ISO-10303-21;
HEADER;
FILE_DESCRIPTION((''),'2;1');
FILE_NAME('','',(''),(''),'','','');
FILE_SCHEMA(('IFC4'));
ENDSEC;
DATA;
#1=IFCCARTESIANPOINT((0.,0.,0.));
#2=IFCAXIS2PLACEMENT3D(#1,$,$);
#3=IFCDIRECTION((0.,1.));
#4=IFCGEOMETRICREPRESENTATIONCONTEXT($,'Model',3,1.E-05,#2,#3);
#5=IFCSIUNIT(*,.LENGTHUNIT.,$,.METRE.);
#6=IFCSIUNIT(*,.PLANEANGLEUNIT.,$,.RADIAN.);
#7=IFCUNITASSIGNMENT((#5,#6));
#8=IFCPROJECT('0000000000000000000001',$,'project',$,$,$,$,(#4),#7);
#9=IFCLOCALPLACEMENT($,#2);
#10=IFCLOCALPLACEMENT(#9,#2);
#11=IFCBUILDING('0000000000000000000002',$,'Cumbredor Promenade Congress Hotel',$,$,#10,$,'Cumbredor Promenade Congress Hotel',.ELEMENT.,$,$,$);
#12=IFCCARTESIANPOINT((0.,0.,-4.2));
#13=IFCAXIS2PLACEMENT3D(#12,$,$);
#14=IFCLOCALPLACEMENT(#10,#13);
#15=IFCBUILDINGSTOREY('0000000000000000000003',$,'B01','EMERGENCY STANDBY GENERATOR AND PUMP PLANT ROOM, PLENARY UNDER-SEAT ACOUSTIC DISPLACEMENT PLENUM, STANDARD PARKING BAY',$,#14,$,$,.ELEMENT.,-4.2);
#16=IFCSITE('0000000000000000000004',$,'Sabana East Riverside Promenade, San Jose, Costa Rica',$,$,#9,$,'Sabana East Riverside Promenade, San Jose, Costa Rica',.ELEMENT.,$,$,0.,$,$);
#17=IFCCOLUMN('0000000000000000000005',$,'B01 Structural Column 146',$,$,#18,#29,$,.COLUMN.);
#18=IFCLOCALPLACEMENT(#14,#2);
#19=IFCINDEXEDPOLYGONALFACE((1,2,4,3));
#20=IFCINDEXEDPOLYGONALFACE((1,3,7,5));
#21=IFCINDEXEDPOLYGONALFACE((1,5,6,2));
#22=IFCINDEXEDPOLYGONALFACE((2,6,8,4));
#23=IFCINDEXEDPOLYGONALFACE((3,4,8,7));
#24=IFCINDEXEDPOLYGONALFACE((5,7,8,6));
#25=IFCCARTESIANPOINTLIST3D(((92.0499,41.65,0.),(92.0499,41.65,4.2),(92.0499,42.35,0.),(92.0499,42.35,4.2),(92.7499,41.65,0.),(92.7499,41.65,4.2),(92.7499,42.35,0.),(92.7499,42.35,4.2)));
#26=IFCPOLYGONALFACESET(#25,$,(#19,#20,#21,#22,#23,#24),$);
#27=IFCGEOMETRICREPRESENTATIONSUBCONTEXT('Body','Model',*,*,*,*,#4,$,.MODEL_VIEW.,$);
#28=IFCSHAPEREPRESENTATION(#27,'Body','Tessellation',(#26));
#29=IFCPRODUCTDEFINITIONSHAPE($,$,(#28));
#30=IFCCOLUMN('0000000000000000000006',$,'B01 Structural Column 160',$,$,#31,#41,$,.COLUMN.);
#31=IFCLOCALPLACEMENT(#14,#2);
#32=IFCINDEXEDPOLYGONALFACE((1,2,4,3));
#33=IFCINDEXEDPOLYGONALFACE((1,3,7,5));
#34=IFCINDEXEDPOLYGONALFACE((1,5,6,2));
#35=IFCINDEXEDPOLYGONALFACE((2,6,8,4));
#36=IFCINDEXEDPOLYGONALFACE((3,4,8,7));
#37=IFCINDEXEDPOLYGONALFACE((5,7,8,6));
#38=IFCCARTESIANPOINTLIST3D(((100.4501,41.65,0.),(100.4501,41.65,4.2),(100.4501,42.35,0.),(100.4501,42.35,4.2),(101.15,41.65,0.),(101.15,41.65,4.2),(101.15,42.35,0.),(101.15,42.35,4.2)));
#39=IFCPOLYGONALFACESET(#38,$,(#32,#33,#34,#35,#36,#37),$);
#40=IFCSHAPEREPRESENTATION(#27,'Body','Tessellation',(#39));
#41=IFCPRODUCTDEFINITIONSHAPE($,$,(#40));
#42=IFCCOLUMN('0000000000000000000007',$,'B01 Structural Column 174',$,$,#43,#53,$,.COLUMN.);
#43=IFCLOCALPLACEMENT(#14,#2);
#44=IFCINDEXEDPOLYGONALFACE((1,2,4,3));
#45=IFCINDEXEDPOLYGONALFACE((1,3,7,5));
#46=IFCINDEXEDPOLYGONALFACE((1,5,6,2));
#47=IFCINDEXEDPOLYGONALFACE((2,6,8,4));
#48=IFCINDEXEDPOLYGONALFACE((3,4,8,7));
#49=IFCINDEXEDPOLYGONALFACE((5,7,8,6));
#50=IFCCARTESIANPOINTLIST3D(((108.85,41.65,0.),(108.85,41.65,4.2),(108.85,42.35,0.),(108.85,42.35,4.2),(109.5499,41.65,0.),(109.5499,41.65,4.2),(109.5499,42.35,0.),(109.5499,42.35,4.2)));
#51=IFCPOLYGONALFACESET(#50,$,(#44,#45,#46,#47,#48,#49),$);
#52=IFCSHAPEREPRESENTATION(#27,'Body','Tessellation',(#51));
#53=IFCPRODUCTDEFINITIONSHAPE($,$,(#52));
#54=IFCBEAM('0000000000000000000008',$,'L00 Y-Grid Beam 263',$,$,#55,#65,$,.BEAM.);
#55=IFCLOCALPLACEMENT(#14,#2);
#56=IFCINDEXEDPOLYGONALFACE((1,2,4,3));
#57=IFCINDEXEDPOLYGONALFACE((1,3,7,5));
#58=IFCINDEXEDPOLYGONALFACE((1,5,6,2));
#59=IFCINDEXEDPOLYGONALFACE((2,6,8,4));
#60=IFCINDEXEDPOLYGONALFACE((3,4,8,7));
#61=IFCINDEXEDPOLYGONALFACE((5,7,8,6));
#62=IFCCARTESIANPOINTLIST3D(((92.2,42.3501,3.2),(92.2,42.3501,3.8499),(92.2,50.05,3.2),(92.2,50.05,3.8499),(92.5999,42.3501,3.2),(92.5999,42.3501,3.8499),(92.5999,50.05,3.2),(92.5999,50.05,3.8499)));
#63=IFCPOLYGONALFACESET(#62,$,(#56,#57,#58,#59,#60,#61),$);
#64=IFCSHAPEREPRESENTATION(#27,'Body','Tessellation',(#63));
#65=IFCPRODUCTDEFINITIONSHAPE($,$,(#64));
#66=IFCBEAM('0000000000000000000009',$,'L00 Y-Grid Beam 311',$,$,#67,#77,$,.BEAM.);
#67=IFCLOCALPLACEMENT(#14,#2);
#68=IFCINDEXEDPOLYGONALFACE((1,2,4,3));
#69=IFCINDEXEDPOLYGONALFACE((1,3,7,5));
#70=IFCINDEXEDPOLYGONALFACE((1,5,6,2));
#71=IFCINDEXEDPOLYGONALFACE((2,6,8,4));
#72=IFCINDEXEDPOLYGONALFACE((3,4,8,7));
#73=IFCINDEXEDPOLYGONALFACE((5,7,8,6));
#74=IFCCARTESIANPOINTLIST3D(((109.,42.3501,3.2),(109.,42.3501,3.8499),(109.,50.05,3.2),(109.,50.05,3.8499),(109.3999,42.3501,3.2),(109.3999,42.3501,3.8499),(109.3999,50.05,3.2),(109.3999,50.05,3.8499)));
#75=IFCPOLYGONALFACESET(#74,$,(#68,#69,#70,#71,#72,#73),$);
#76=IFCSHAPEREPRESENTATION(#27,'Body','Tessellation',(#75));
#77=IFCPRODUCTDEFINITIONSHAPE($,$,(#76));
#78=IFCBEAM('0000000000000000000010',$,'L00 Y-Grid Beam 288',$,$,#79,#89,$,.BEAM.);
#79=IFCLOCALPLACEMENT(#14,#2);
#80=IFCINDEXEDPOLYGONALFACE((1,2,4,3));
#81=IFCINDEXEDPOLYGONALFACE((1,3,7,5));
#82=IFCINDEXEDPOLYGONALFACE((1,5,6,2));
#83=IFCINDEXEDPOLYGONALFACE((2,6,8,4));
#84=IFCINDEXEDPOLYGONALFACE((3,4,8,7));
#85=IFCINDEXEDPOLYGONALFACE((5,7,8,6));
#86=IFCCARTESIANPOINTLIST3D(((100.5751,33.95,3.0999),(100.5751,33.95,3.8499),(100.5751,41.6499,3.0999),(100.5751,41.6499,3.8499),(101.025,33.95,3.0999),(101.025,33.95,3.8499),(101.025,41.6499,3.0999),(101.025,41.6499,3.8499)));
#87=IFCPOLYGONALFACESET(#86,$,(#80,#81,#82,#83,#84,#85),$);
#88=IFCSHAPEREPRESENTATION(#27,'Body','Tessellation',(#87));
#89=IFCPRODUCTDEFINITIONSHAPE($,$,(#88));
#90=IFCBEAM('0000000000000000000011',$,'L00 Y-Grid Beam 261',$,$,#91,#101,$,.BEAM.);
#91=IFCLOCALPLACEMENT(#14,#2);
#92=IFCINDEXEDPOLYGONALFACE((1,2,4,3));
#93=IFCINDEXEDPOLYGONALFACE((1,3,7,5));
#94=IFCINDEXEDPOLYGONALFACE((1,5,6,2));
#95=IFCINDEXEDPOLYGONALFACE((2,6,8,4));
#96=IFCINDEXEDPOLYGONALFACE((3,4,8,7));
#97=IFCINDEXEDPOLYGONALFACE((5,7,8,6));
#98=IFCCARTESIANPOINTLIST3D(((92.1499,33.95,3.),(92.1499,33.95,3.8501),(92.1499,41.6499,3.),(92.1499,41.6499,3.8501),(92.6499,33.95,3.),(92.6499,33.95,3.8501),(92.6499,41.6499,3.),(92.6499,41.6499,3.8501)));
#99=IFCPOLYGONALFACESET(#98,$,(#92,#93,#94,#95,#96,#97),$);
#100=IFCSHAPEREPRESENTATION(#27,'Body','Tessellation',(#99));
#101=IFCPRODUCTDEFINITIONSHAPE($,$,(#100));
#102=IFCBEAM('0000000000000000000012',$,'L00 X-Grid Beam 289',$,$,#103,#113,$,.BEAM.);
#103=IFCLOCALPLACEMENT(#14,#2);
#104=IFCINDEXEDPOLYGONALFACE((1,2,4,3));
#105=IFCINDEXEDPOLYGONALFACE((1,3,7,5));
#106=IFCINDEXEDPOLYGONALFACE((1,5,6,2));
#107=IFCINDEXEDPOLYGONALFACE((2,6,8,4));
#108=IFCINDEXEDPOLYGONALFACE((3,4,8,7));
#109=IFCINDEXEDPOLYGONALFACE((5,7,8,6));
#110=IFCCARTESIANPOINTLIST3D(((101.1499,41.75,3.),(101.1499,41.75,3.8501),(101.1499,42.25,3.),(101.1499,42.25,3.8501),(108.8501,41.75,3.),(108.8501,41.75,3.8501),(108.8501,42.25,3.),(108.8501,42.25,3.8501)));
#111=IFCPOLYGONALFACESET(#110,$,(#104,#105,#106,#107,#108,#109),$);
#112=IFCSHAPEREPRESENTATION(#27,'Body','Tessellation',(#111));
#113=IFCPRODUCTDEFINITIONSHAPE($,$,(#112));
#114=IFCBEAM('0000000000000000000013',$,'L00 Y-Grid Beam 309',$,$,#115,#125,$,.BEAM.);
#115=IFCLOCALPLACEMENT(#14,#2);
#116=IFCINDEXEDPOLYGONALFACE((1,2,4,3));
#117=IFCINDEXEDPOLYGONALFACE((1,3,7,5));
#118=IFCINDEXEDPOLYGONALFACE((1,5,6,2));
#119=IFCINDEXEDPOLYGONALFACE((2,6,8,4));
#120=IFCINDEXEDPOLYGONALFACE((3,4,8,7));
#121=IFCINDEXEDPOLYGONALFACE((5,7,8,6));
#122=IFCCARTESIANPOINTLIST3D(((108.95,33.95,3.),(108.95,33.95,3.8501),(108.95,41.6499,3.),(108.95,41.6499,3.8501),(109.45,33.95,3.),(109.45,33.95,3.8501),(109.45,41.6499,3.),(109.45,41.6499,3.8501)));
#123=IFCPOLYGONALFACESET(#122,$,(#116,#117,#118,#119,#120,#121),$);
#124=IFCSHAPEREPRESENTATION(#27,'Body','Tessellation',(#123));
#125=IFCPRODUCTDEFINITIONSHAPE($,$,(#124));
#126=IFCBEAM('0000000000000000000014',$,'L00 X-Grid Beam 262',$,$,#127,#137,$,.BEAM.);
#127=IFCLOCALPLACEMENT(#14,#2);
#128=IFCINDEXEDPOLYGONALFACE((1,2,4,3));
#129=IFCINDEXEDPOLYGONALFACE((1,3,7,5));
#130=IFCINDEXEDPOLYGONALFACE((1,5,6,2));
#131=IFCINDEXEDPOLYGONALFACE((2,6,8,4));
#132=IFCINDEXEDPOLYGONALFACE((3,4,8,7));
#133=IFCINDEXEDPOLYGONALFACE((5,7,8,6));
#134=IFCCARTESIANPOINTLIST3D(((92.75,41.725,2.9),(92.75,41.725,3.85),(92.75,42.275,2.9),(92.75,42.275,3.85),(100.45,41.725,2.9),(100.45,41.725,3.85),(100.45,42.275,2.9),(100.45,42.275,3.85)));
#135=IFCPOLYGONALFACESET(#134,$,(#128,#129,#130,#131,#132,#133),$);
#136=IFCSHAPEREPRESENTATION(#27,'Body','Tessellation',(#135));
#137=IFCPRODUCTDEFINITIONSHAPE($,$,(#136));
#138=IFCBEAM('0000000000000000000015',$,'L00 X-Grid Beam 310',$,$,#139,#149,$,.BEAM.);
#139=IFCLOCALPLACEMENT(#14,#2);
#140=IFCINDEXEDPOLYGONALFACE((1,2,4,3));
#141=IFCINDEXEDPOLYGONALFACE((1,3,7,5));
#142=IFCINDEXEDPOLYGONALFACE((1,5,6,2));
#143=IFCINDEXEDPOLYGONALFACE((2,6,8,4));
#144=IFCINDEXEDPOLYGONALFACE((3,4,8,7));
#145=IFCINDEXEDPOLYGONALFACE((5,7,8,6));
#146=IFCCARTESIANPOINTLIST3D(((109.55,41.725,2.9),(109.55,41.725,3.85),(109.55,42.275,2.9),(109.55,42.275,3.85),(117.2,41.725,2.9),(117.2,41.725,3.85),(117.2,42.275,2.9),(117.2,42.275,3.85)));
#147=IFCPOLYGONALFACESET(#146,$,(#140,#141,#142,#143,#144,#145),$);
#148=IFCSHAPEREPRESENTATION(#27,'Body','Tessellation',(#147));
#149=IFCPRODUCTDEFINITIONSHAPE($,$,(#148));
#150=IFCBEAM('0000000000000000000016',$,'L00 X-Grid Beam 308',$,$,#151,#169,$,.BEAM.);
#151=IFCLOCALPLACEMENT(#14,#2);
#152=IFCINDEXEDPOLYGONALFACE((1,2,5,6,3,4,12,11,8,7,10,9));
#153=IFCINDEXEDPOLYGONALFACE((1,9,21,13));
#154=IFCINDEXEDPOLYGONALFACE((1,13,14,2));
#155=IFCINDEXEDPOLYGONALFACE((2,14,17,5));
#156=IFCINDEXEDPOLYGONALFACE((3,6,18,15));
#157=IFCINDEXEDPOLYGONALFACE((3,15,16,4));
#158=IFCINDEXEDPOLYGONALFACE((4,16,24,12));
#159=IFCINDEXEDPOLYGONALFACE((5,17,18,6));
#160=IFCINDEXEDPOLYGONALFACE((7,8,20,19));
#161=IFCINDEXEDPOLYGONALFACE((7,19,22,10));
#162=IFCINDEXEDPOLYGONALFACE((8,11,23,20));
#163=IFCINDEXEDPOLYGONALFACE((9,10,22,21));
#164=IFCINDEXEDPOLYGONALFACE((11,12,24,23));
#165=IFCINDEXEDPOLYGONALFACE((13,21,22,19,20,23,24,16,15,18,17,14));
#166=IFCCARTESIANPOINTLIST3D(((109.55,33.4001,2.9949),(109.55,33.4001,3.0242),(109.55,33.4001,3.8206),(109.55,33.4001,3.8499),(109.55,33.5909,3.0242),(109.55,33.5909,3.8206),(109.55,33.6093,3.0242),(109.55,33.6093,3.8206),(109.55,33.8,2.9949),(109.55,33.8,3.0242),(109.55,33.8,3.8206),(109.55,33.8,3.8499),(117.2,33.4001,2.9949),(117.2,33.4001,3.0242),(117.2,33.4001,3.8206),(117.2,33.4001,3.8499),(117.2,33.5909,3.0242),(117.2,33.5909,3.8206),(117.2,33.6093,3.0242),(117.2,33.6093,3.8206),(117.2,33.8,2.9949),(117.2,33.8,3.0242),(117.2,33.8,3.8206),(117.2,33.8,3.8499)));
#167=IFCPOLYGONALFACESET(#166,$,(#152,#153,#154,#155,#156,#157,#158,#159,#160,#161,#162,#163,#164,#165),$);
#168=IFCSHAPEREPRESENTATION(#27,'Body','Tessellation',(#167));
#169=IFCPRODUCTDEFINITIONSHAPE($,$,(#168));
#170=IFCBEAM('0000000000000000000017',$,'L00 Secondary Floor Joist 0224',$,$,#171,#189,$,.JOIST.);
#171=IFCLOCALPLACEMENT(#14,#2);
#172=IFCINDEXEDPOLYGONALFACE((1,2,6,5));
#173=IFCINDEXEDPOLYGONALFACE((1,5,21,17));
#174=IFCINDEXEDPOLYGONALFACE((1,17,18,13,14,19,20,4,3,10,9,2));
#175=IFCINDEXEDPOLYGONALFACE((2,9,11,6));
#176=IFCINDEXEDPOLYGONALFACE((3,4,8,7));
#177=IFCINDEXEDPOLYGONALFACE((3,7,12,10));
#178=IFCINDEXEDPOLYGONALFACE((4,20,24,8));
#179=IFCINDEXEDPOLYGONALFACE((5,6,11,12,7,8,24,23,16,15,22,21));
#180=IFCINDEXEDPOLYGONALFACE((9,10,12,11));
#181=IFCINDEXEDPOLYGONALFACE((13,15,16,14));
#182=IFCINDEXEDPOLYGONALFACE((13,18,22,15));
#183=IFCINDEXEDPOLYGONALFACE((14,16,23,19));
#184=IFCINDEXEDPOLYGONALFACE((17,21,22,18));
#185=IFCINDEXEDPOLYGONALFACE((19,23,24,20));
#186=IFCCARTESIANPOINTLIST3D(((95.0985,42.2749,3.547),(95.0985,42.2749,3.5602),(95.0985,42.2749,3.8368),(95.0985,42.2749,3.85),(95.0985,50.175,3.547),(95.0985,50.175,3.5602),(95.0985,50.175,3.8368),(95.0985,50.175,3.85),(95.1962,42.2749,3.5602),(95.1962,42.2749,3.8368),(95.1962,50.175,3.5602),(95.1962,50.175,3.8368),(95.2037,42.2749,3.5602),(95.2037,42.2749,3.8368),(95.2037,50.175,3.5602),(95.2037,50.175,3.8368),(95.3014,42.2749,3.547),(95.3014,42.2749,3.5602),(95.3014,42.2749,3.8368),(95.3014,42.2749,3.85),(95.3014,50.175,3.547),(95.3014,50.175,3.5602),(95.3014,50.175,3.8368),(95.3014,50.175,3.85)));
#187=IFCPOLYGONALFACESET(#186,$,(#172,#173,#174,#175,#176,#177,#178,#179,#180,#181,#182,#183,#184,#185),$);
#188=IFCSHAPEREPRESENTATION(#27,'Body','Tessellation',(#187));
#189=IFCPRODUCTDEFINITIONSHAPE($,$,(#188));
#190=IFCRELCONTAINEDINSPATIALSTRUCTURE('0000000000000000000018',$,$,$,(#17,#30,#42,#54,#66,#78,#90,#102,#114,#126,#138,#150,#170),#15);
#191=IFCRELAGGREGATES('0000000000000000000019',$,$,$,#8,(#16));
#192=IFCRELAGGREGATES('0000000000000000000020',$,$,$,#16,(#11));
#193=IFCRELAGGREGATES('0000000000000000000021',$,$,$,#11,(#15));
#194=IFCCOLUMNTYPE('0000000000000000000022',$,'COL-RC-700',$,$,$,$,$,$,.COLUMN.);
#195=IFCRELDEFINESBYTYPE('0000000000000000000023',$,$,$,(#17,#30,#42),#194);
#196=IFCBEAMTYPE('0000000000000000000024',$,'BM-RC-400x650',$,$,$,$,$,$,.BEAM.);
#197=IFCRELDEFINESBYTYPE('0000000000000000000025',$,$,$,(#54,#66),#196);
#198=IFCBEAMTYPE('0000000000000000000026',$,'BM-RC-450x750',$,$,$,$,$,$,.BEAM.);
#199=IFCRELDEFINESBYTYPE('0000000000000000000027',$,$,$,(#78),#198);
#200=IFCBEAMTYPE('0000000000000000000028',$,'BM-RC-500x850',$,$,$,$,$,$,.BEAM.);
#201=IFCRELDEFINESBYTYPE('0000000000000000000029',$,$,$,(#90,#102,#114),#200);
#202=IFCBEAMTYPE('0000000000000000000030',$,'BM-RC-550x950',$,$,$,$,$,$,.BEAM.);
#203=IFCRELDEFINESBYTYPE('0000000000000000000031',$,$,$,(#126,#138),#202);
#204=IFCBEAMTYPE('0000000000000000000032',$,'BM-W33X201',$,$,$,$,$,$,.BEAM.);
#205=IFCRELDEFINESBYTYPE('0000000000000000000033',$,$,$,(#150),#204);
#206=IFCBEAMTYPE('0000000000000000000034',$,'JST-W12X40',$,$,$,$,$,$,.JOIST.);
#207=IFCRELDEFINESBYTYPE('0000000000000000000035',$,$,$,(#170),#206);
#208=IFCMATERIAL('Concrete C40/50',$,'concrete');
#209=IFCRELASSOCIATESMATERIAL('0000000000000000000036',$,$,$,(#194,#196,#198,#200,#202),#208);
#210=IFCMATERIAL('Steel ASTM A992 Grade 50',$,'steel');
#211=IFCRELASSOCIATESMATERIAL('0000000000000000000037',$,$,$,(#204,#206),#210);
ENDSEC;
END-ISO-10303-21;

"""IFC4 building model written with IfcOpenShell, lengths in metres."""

from ifc_helpers import new_model, si_unit, direction, frame, origin, origin_2d, place, context, subcontext, project, spatial, rectangle, i_section, extrude, material, material_profile, profile_set, type_object, element, save


model = new_model("IFC4")

# Units and contexts
model_context = context("Model", 3, precision=1e-05, world=origin(), true_north=direction((0.0, 1.0)))
body_context = subcontext(model_context, "Body", "Model", "MODEL_VIEW")
ifc_project = project(units=[si_unit("LENGTHUNIT", "METRE"), si_unit("PLANEANGLEUNIT", "RADIAN")], contexts=[model_context])

# Site, building, storey
site_placement = place(None, origin())
site = spatial("IfcSite", under=ifc_project, at=site_placement, Name="Sabana East Riverside Promenade, San Jose, Costa Rica", LongName="Sabana East Riverside Promenade, San Jose, Costa Rica", CompositionType="ELEMENT", RefElevation=0.0)
building_placement = place(site_placement, origin())
building = spatial("IfcBuilding", under=site, at=building_placement, Name="Cumbredor Promenade Congress Hotel", LongName="Cumbredor Promenade Congress Hotel", CompositionType="ELEMENT")
storey_placement = place(building_placement, frame((0.0, 0.0, -4.2)))
storey = spatial("IfcBuildingStorey", under=building, at=storey_placement, Name="B01", Description="EMERGENCY STANDBY GENERATOR AND PUMP PLANT ROOM, PLENARY UNDER-SEAT ACOUSTIC DISPLACEMENT PLENUM, STANDARD PARKING BAY", CompositionType="ELEMENT", Elevation=-4.2)

# Columns
ifc_material_1 = material(Name="Concrete C40/50", Category="concrete")
ifc_material_profile_1 = material_profile(ifc_material_1, rectangle(XDim=0.7, YDim=0.7, at=origin_2d()), Name="RC 700x700")
ifc_profile_set_1 = profile_set([ifc_material_profile_1], Name="Concrete C40/50")
column_type = type_object("IfcColumnType", Name="COL-RC-700", PredefinedType="COLUMN", material=ifc_profile_set_1)
for number, where, z_axis, x_axis, name in (
    (1, (92.3999, 42.0, 0.0), (0.0, 0.0, 1.0), (1.0, 0.0, 0.0), "B01 Structural Column 146"),
    (2, (100.8, 42.0, 0.0), (0.0, 0.0, 1.0), (1.0, 0.0, 0.0), "B01 Structural Column 160"),
    (3, (109.2, 42.0, 0.0), (0.0, 0.0, 1.0), (1.0, 0.0, 0.0), "B01 Structural Column 174"),
):
    element("IfcColumn", number, at=place(storey_placement, frame(where, z_axis=z_axis, x_axis=x_axis)), inside=storey, type_object=column_type, Name=name, PredefinedType="COLUMN", context=body_context, shape_type="SweptSolid", body=[
        extrude(rectangle(XDim=0.7, YDim=0.7, at=origin_2d()), origin(), (0.0, 0.0, 1.0), 4.2),
    ])

# Beams
ifc_material_profile_2 = material_profile(ifc_material_1, rectangle(XDim=0.3999, YDim=0.6499, at=origin_2d()), Name="RC BEAM 400x650")
ifc_profile_set_2 = profile_set([ifc_material_profile_2], Name="Concrete C40/50")
beam_type_1 = type_object("IfcBeamType", Name="BM-RC-400x650", PredefinedType="BEAM", material=ifc_profile_set_2)
for number, where, z_axis, x_axis, name in (
    (4, (92.3999, 42.3501, 3.5249), (0.0, 1.0, 0.0), (-1.0, 0.0, 0.0), "L00 Y-Grid Beam 263"),
    (5, (109.2, 42.3501, 3.5249), (0.0, 1.0, 0.0), (-1.0, 0.0, 0.0), "L00 Y-Grid Beam 311"),
):
    element("IfcBeam", number, at=place(storey_placement, frame(where, z_axis=z_axis, x_axis=x_axis)), inside=storey, type_object=beam_type_1, Name=name, PredefinedType="BEAM", context=body_context, shape_type="SweptSolid", body=[
        extrude(rectangle(XDim=0.3999, YDim=0.6499, at=origin_2d()), origin(), (0.0, 0.0, 1.0), 7.7),
    ])
ifc_material_profile_3 = material_profile(ifc_material_1, rectangle(XDim=0.45, YDim=0.75, at=origin_2d()), Name="RC BEAM 450x750")
ifc_profile_set_3 = profile_set([ifc_material_profile_3], Name="Concrete C40/50")
beam_type_2 = type_object("IfcBeamType", Name="BM-RC-450x750", PredefinedType="BEAM", material=ifc_profile_set_3)
beam_1_placement = place(storey_placement, frame((100.8, 33.95, 3.4749), z_axis=(0.0, 1.0, 0.0), x_axis=(-1.0, 0.0, 0.0)))
element("IfcBeam", 6, at=beam_1_placement, inside=storey, type_object=beam_type_2, Name="L00 Y-Grid Beam 288", PredefinedType="BEAM", context=body_context, shape_type="SweptSolid", body=[
    extrude(rectangle(XDim=0.45, YDim=0.75, at=origin_2d()), origin(), (0.0, 0.0, 1.0), 7.7),
])
ifc_material_profile_4 = material_profile(ifc_material_1, rectangle(XDim=0.5, YDim=0.8501, at=origin_2d()), Name="RC BEAM 500x850")
ifc_profile_set_4 = profile_set([ifc_material_profile_4], Name="Concrete C40/50")
beam_type_3 = type_object("IfcBeamType", Name="BM-RC-500x850", PredefinedType="BEAM", material=ifc_profile_set_4)
beam_2_placement = place(storey_placement, frame((92.3999, 33.95, 3.425), z_axis=(0.0, 1.0, 0.0), x_axis=(-1.0, 0.0, 0.0)))
element("IfcBeam", 7, at=beam_2_placement, inside=storey, type_object=beam_type_3, Name="L00 Y-Grid Beam 261", PredefinedType="BEAM", context=body_context, shape_type="SweptSolid", body=[
    extrude(rectangle(XDim=0.5, YDim=0.8501, at=origin_2d()), origin(), (0.0, 0.0, 1.0), 7.7),
])
beam_3_placement = place(storey_placement, frame((101.1499, 42.0, 3.425), z_axis=(1.0, 0.0, 0.0), x_axis=(0.0, 1.0, 0.0)))
element("IfcBeam", 8, at=beam_3_placement, inside=storey, type_object=beam_type_3, Name="L00 X-Grid Beam 289", PredefinedType="BEAM", context=body_context, shape_type="SweptSolid", body=[
    extrude(rectangle(XDim=0.5, YDim=0.8501, at=origin_2d()), origin(), (0.0, 0.0, 1.0), 7.7002),
])
beam_4_placement = place(storey_placement, frame((109.2, 33.95, 3.425), z_axis=(0.0, 1.0, 0.0), x_axis=(-1.0, 0.0, 0.0)))
element("IfcBeam", 9, at=beam_4_placement, inside=storey, type_object=beam_type_3, Name="L00 Y-Grid Beam 309", PredefinedType="BEAM", context=body_context, shape_type="SweptSolid", body=[
    extrude(rectangle(XDim=0.5, YDim=0.8501, at=origin_2d()), origin(), (0.0, 0.0, 1.0), 7.7),
])
ifc_material_profile_5 = material_profile(ifc_material_1, rectangle(XDim=0.55, YDim=0.95, at=origin_2d()), Name="RC BEAM 550x950")
ifc_profile_set_5 = profile_set([ifc_material_profile_5], Name="Concrete C40/50")
beam_type_4 = type_object("IfcBeamType", Name="BM-RC-550x950", PredefinedType="BEAM", material=ifc_profile_set_5)
beam_5_placement = place(storey_placement, frame((92.75, 42.0, 3.375), z_axis=(1.0, 0.0, 0.0), x_axis=(0.0, 1.0, 0.0)))
element("IfcBeam", 10, at=beam_5_placement, inside=storey, type_object=beam_type_4, Name="L00 X-Grid Beam 262", PredefinedType="BEAM", context=body_context, shape_type="SweptSolid", body=[
    extrude(rectangle(XDim=0.55, YDim=0.95, at=origin_2d()), origin(), (0.0, 0.0, 1.0), 7.7),
])
beam_6_placement = place(storey_placement, frame((109.55, 42.0, 3.375), z_axis=(1.0, 0.0, 0.0), x_axis=(0.0, 1.0, 0.0)))
element("IfcBeam", 11, at=beam_6_placement, inside=storey, type_object=beam_type_4, Name="L00 X-Grid Beam 310", PredefinedType="BEAM", context=body_context, shape_type="SweptSolid", body=[
    extrude(rectangle(XDim=0.55, YDim=0.95, at=origin_2d()), origin(), (0.0, 0.0, 1.0), 7.6499),
])
ifc_material_2 = material(Name="Steel ASTM A992 Grade 50", Category="steel")
ifc_material_profile_6 = material_profile(ifc_material_2, i_section(OverallWidth=0.3999, OverallDepth=0.855, WebThickness=0.0183, FlangeThickness=0.0293, at=origin_2d()), Name="W33X201")
ifc_profile_set_6 = profile_set([ifc_material_profile_6], Name="Steel ASTM A992 Grade 50")
beam_type_5 = type_object("IfcBeamType", Name="BM-W33X201", PredefinedType="BEAM", material=ifc_profile_set_6)
beam_7_placement = place(storey_placement, frame((109.55, 33.6001, 3.4224), z_axis=(1.0, 0.0, 0.0), x_axis=(0.0, 1.0, 0.0)))
element("IfcBeam", 12, at=beam_7_placement, inside=storey, type_object=beam_type_5, Name="L00 X-Grid Beam 308", PredefinedType="BEAM", context=body_context, shape_type="SweptSolid", body=[
    extrude(i_section(OverallWidth=0.3999, OverallDepth=0.855, WebThickness=0.0183, FlangeThickness=0.0293, at=origin_2d()), origin(), (0.0, 0.0, 1.0), 7.6499),
])
ifc_material_profile_7 = material_profile(ifc_material_2, i_section(OverallWidth=0.2029, OverallDepth=0.303, WebThickness=0.0076, FlangeThickness=0.0132, at=origin_2d()), Name="W12X40")
ifc_profile_set_7 = profile_set([ifc_material_profile_7], Name="Steel ASTM A992 Grade 50")
beam_type_6 = type_object("IfcBeamType", Name="JST-W12X40", PredefinedType="JOIST", material=ifc_profile_set_7)
for number, where, z_axis, x_axis, name in (
    (13, (95.2, 42.2749, 3.6985), (0.0, 1.0, 0.0), (-1.0, 0.0, 0.0), "L00 Secondary Floor Joist 0224"),
):
    element("IfcBeam", number, at=place(storey_placement, frame(where, z_axis=z_axis, x_axis=x_axis)), inside=storey, type_object=beam_type_6, Name=name, PredefinedType="JOIST", context=body_context, shape_type="SweptSolid", body=[
        extrude(i_section(OverallWidth=0.2029, OverallDepth=0.303, WebThickness=0.0076, FlangeThickness=0.0132, at=origin_2d()), origin(), (0.0, 0.0, 1.0), 7.9001),
    ])

save(model, "model.ifc")
